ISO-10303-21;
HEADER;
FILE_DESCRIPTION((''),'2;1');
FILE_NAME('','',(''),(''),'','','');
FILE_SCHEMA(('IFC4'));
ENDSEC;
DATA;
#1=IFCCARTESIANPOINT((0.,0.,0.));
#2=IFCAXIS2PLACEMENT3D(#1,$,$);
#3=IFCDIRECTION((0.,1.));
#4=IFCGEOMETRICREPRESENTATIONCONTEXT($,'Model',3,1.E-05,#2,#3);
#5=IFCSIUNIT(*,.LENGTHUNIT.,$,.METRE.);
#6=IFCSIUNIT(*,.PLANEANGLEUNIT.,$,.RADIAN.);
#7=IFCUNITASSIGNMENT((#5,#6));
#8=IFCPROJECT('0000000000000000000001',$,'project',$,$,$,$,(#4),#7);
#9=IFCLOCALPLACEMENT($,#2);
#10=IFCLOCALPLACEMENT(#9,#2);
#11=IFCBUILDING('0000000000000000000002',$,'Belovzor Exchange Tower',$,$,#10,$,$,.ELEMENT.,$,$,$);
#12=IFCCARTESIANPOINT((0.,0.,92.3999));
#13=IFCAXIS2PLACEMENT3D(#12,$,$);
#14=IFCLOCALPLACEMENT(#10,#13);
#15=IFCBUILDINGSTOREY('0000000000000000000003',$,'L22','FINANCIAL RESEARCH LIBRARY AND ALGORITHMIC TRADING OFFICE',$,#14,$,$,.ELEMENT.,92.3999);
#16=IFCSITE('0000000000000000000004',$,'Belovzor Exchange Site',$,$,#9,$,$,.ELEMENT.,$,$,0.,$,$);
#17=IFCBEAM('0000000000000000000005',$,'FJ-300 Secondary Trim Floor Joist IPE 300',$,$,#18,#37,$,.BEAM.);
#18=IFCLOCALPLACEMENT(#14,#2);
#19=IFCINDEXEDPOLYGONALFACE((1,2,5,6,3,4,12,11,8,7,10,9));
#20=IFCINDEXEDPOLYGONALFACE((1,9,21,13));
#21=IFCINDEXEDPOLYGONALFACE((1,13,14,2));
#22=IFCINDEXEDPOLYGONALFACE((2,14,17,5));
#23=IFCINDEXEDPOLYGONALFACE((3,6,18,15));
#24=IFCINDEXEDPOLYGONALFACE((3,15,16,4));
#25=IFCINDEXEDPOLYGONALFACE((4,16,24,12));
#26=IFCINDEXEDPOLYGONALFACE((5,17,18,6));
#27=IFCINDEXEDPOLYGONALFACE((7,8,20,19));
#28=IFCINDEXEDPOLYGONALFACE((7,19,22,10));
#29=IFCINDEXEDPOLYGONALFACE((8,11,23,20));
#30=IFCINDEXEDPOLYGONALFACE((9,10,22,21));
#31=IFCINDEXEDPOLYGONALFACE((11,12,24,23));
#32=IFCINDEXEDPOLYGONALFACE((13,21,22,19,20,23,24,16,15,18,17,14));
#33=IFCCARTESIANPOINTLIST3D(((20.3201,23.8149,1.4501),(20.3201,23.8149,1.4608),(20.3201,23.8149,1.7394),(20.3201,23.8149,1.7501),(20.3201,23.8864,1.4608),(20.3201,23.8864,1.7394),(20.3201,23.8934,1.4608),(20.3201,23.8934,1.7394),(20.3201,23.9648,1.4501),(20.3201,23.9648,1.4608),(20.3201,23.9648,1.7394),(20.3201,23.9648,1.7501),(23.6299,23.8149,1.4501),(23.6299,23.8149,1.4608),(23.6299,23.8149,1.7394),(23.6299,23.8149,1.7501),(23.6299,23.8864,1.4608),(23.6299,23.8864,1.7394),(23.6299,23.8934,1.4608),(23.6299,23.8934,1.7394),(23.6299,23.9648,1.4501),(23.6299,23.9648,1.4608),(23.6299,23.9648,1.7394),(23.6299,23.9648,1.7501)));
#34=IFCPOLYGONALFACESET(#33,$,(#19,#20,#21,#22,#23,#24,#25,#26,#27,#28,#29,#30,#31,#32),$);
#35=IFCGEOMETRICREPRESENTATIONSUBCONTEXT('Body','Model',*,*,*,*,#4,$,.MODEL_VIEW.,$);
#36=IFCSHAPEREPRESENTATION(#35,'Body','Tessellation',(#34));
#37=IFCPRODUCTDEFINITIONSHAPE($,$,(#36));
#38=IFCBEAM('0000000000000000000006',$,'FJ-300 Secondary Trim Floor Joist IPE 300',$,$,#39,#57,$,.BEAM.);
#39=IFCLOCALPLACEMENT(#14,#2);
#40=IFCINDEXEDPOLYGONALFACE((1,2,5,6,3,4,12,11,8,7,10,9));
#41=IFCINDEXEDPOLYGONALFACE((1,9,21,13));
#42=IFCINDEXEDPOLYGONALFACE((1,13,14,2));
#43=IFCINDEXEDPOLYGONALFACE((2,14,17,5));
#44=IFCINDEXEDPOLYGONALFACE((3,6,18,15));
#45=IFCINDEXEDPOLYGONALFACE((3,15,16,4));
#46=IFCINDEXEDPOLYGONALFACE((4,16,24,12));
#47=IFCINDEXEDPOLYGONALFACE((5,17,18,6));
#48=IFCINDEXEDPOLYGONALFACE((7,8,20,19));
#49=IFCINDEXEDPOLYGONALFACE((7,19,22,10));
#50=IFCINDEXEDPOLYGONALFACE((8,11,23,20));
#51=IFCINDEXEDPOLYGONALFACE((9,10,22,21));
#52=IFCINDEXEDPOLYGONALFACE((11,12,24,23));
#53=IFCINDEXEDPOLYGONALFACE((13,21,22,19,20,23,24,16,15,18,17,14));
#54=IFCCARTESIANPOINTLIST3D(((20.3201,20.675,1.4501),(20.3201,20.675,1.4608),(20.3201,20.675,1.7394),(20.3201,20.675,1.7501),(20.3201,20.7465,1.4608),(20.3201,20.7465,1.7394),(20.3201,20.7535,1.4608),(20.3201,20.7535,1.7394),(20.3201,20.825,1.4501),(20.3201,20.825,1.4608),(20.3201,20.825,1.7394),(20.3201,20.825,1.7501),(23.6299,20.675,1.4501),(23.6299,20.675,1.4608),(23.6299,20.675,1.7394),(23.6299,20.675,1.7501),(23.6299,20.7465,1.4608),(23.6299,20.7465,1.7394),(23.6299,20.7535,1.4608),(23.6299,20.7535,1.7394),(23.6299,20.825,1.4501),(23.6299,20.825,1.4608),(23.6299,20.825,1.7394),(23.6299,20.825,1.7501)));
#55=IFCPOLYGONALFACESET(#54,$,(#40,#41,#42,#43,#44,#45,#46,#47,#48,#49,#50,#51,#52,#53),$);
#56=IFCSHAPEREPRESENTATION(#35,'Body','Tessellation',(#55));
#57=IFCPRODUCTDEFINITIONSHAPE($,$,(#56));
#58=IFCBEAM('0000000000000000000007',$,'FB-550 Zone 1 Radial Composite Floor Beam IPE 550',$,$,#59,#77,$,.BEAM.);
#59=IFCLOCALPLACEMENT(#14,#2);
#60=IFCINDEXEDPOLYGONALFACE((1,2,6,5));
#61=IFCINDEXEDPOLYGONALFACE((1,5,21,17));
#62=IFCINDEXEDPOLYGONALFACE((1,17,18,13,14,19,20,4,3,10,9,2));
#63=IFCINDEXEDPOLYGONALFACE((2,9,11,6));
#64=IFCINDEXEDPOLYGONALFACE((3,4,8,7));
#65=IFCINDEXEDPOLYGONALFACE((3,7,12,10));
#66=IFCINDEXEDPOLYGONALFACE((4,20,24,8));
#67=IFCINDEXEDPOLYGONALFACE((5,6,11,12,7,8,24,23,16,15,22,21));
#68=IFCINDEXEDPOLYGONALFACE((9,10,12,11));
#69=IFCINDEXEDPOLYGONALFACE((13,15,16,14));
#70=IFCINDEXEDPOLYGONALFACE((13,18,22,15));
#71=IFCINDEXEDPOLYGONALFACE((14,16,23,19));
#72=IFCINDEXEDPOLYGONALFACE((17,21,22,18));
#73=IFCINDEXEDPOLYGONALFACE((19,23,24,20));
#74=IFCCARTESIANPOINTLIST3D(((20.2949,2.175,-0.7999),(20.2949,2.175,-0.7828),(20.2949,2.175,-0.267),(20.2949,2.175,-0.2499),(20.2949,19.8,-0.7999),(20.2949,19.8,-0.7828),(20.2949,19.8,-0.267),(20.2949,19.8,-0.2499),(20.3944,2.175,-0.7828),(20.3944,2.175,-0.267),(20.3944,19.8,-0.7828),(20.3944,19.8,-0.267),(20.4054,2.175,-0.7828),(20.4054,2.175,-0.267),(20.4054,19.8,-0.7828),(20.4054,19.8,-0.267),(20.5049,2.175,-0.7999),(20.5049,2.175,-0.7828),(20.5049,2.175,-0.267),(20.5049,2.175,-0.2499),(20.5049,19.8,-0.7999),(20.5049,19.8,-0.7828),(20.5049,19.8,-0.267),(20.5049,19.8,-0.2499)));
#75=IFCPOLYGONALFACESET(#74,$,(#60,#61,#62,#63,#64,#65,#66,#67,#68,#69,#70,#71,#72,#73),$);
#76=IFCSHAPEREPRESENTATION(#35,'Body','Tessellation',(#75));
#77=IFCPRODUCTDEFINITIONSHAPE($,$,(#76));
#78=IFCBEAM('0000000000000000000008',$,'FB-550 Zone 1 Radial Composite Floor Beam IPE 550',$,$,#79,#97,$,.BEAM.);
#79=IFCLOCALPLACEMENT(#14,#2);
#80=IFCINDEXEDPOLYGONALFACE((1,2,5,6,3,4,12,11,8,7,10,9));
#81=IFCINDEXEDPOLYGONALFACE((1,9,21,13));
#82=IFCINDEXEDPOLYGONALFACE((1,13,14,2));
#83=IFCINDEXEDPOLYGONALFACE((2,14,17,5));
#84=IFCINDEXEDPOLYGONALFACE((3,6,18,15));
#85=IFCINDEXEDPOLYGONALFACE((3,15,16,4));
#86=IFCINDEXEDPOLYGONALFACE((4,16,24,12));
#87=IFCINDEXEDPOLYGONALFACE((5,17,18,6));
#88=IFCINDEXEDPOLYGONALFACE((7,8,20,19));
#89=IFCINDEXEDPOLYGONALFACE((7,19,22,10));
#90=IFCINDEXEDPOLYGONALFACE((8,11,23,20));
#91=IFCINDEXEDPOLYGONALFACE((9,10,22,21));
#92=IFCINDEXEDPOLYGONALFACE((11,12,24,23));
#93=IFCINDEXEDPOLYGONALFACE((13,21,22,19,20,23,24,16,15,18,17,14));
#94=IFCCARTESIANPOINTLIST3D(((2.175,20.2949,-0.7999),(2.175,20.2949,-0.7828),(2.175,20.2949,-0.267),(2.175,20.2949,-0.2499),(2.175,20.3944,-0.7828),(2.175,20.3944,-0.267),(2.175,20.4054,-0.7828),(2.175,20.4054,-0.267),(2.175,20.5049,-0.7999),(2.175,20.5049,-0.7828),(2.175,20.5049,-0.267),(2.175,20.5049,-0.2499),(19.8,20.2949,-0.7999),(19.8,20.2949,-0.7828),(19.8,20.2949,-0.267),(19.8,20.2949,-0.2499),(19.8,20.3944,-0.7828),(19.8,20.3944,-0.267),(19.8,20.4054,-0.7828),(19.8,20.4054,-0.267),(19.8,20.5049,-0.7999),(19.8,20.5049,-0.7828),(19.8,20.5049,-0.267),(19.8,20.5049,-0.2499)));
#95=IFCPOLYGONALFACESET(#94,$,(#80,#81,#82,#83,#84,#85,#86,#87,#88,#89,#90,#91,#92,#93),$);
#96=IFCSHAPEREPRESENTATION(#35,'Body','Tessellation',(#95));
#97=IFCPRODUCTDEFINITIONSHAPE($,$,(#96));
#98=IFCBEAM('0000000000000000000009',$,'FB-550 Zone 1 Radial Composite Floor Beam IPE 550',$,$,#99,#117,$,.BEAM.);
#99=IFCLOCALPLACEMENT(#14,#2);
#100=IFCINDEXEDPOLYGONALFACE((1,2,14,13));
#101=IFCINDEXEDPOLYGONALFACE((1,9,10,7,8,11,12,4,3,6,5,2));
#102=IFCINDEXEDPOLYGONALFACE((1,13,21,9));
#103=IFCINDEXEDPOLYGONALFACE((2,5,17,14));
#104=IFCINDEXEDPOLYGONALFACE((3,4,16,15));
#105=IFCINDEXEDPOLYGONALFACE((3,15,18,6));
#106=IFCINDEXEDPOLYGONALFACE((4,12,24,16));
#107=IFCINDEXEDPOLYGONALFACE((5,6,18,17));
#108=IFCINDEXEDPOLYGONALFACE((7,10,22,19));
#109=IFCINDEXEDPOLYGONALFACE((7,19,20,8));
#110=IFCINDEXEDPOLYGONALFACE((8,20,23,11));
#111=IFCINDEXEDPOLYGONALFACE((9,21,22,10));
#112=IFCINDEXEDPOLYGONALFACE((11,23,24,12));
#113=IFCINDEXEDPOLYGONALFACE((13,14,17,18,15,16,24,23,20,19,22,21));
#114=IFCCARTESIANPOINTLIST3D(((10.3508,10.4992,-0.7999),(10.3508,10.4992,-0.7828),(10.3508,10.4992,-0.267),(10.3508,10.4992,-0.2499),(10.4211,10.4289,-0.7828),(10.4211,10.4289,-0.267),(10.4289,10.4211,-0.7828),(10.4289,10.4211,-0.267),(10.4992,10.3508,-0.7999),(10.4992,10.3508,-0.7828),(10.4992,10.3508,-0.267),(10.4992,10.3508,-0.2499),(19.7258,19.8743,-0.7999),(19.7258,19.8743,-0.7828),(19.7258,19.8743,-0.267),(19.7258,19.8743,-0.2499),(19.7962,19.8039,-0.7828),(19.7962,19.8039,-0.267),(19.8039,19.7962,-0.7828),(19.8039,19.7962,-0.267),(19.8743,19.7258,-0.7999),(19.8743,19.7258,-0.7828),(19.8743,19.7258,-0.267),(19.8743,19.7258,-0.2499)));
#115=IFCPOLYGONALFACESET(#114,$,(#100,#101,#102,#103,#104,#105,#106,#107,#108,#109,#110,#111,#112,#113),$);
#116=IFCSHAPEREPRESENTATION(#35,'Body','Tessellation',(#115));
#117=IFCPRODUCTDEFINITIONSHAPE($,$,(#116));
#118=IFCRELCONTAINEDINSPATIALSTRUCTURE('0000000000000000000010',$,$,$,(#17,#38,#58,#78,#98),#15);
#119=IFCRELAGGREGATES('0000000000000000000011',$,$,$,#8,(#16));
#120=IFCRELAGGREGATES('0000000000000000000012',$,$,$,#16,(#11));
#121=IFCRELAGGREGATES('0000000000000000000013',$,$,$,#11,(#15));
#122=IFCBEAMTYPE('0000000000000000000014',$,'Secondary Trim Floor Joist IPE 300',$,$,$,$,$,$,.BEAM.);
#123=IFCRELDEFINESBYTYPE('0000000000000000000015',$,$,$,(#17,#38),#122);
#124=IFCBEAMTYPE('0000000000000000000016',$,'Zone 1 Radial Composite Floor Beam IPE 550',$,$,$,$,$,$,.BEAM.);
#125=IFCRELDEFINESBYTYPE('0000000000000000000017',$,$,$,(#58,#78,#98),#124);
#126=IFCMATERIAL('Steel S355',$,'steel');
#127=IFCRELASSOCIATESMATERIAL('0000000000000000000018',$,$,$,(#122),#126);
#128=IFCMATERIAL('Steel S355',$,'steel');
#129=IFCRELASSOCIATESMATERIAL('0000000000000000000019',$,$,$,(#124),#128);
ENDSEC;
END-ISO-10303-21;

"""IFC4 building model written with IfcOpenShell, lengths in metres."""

from ifc_helpers import new_model, si_unit, direction, frame, origin, origin_2d, place, context, subcontext, project, spatial, i_section, extrude, material, material_profile, profile_set, type_object, element, save


model = new_model("IFC4")

# Units and contexts
model_context = context("Model", 3, precision=1e-05, world=origin(), true_north=direction((0.0, 1.0)))
body_context = subcontext(model_context, "Body", "Model", "MODEL_VIEW")
ifc_project = project(units=[si_unit("LENGTHUNIT", "METRE"), si_unit("PLANEANGLEUNIT", "RADIAN")], contexts=[model_context])

# Site, building, storey
site_placement = place(None, origin())
site = spatial("IfcSite", under=ifc_project, at=site_placement, Name="Belovzor Exchange Site", CompositionType="ELEMENT", RefElevation=0.0)
building_placement = place(site_placement, origin())
building = spatial("IfcBuilding", under=site, at=building_placement, Name="Belovzor Exchange Tower", CompositionType="ELEMENT")
storey_placement = place(building_placement, frame((0.0, 0.0, 92.3999)))
storey = spatial("IfcBuildingStorey", under=building, at=storey_placement, Name="L22", Description="FINANCIAL RESEARCH LIBRARY AND ALGORITHMIC TRADING OFFICE", CompositionType="ELEMENT", Elevation=92.3999)

# Beams
ifc_material_1 = material(Name="Steel S355", Category="steel")
ifc_material_profile_1 = material_profile(ifc_material_1, i_section(OverallWidth=0.1499, OverallDepth=0.3, WebThickness=0.0071, FlangeThickness=0.0107, at=origin_2d()))
ifc_profile_set_1 = profile_set([ifc_material_profile_1], Name="Steel S355")
beam_type_1 = type_object("IfcBeamType", Name="Secondary Trim Floor Joist IPE 300", PredefinedType="BEAM", material=ifc_profile_set_1)
for number, where, z_axis, x_axis, name in (
    (1, (20.3201, 23.8899, 1.6001), (1.0, 0.0, 0.0), (0.0, 1.0, 0.0), "FJ-300 Secondary Trim Floor Joist IPE 300"),
    (2, (20.3201, 20.75, 1.6001), (1.0, 0.0, 0.0), (0.0, 1.0, 0.0), "FJ-300 Secondary Trim Floor Joist IPE 300"),
):
    element("IfcBeam", number, at=place(storey_placement, frame(where, z_axis=z_axis, x_axis=x_axis)), inside=storey, type_object=beam_type_1, Name=name, PredefinedType="BEAM", context=body_context, shape_type="SweptSolid", body=[
        extrude(i_section(OverallWidth=0.1499, OverallDepth=0.3, WebThickness=0.0071, FlangeThickness=0.0107, at=origin_2d()), origin(), (0.0, 0.0, 1.0), 3.3098),
    ])
ifc_material_2 = material(Name="Steel S355", Category="steel")
ifc_material_profile_2 = material_profile(ifc_material_2, i_section(OverallWidth=0.21, OverallDepth=0.55, WebThickness=0.011, FlangeThickness=0.0171, at=origin_2d()))
ifc_profile_set_2 = profile_set([ifc_material_profile_2], Name="Steel S355")
beam_type_2 = type_object("IfcBeamType", Name="Zone 1 Radial Composite Floor Beam IPE 550", PredefinedType="BEAM", material=ifc_profile_set_2)
for number, where, z_axis, x_axis, name in (
    (3, (20.3999, 19.8, -0.5249), (0.0, -1.0, 0.0), (1.0, 0.0, 0.0), "FB-550 Zone 1 Radial Composite Floor Beam IPE 550"),
    (4, (19.8, 20.3999, -0.5249), (-1.0, 0.0, 0.0), (0.0, -1.0, 0.0), "FB-550 Zone 1 Radial Composite Floor Beam IPE 550"),
):
    element("IfcBeam", number, at=place(storey_placement, frame(where, z_axis=z_axis, x_axis=x_axis)), inside=storey, type_object=beam_type_2, Name=name, PredefinedType="BEAM", context=body_context, shape_type="SweptSolid", body=[
        extrude(i_section(OverallWidth=0.21, OverallDepth=0.55, WebThickness=0.011, FlangeThickness=0.0171, at=origin_2d()), origin(), (0.0, 0.0, 1.0), 17.625),
    ])
beam_placement = place(storey_placement, frame((19.8, 19.8, -0.5249), z_axis=(-0.707107, -0.707107, 0.0), x_axis=(0.707107, -0.707107, 0.0)))
element("IfcBeam", 5, at=beam_placement, inside=storey, type_object=beam_type_2, Name="FB-550 Zone 1 Radial Composite Floor Beam IPE 550", PredefinedType="BEAM", context=body_context, shape_type="SweptSolid", body=[
    extrude(i_section(OverallWidth=0.21, OverallDepth=0.55, WebThickness=0.011, FlangeThickness=0.0171, at=origin_2d()), origin(), (0.0, 0.0, 1.0), 13.2583),
])

save(model, "model.ifc")
